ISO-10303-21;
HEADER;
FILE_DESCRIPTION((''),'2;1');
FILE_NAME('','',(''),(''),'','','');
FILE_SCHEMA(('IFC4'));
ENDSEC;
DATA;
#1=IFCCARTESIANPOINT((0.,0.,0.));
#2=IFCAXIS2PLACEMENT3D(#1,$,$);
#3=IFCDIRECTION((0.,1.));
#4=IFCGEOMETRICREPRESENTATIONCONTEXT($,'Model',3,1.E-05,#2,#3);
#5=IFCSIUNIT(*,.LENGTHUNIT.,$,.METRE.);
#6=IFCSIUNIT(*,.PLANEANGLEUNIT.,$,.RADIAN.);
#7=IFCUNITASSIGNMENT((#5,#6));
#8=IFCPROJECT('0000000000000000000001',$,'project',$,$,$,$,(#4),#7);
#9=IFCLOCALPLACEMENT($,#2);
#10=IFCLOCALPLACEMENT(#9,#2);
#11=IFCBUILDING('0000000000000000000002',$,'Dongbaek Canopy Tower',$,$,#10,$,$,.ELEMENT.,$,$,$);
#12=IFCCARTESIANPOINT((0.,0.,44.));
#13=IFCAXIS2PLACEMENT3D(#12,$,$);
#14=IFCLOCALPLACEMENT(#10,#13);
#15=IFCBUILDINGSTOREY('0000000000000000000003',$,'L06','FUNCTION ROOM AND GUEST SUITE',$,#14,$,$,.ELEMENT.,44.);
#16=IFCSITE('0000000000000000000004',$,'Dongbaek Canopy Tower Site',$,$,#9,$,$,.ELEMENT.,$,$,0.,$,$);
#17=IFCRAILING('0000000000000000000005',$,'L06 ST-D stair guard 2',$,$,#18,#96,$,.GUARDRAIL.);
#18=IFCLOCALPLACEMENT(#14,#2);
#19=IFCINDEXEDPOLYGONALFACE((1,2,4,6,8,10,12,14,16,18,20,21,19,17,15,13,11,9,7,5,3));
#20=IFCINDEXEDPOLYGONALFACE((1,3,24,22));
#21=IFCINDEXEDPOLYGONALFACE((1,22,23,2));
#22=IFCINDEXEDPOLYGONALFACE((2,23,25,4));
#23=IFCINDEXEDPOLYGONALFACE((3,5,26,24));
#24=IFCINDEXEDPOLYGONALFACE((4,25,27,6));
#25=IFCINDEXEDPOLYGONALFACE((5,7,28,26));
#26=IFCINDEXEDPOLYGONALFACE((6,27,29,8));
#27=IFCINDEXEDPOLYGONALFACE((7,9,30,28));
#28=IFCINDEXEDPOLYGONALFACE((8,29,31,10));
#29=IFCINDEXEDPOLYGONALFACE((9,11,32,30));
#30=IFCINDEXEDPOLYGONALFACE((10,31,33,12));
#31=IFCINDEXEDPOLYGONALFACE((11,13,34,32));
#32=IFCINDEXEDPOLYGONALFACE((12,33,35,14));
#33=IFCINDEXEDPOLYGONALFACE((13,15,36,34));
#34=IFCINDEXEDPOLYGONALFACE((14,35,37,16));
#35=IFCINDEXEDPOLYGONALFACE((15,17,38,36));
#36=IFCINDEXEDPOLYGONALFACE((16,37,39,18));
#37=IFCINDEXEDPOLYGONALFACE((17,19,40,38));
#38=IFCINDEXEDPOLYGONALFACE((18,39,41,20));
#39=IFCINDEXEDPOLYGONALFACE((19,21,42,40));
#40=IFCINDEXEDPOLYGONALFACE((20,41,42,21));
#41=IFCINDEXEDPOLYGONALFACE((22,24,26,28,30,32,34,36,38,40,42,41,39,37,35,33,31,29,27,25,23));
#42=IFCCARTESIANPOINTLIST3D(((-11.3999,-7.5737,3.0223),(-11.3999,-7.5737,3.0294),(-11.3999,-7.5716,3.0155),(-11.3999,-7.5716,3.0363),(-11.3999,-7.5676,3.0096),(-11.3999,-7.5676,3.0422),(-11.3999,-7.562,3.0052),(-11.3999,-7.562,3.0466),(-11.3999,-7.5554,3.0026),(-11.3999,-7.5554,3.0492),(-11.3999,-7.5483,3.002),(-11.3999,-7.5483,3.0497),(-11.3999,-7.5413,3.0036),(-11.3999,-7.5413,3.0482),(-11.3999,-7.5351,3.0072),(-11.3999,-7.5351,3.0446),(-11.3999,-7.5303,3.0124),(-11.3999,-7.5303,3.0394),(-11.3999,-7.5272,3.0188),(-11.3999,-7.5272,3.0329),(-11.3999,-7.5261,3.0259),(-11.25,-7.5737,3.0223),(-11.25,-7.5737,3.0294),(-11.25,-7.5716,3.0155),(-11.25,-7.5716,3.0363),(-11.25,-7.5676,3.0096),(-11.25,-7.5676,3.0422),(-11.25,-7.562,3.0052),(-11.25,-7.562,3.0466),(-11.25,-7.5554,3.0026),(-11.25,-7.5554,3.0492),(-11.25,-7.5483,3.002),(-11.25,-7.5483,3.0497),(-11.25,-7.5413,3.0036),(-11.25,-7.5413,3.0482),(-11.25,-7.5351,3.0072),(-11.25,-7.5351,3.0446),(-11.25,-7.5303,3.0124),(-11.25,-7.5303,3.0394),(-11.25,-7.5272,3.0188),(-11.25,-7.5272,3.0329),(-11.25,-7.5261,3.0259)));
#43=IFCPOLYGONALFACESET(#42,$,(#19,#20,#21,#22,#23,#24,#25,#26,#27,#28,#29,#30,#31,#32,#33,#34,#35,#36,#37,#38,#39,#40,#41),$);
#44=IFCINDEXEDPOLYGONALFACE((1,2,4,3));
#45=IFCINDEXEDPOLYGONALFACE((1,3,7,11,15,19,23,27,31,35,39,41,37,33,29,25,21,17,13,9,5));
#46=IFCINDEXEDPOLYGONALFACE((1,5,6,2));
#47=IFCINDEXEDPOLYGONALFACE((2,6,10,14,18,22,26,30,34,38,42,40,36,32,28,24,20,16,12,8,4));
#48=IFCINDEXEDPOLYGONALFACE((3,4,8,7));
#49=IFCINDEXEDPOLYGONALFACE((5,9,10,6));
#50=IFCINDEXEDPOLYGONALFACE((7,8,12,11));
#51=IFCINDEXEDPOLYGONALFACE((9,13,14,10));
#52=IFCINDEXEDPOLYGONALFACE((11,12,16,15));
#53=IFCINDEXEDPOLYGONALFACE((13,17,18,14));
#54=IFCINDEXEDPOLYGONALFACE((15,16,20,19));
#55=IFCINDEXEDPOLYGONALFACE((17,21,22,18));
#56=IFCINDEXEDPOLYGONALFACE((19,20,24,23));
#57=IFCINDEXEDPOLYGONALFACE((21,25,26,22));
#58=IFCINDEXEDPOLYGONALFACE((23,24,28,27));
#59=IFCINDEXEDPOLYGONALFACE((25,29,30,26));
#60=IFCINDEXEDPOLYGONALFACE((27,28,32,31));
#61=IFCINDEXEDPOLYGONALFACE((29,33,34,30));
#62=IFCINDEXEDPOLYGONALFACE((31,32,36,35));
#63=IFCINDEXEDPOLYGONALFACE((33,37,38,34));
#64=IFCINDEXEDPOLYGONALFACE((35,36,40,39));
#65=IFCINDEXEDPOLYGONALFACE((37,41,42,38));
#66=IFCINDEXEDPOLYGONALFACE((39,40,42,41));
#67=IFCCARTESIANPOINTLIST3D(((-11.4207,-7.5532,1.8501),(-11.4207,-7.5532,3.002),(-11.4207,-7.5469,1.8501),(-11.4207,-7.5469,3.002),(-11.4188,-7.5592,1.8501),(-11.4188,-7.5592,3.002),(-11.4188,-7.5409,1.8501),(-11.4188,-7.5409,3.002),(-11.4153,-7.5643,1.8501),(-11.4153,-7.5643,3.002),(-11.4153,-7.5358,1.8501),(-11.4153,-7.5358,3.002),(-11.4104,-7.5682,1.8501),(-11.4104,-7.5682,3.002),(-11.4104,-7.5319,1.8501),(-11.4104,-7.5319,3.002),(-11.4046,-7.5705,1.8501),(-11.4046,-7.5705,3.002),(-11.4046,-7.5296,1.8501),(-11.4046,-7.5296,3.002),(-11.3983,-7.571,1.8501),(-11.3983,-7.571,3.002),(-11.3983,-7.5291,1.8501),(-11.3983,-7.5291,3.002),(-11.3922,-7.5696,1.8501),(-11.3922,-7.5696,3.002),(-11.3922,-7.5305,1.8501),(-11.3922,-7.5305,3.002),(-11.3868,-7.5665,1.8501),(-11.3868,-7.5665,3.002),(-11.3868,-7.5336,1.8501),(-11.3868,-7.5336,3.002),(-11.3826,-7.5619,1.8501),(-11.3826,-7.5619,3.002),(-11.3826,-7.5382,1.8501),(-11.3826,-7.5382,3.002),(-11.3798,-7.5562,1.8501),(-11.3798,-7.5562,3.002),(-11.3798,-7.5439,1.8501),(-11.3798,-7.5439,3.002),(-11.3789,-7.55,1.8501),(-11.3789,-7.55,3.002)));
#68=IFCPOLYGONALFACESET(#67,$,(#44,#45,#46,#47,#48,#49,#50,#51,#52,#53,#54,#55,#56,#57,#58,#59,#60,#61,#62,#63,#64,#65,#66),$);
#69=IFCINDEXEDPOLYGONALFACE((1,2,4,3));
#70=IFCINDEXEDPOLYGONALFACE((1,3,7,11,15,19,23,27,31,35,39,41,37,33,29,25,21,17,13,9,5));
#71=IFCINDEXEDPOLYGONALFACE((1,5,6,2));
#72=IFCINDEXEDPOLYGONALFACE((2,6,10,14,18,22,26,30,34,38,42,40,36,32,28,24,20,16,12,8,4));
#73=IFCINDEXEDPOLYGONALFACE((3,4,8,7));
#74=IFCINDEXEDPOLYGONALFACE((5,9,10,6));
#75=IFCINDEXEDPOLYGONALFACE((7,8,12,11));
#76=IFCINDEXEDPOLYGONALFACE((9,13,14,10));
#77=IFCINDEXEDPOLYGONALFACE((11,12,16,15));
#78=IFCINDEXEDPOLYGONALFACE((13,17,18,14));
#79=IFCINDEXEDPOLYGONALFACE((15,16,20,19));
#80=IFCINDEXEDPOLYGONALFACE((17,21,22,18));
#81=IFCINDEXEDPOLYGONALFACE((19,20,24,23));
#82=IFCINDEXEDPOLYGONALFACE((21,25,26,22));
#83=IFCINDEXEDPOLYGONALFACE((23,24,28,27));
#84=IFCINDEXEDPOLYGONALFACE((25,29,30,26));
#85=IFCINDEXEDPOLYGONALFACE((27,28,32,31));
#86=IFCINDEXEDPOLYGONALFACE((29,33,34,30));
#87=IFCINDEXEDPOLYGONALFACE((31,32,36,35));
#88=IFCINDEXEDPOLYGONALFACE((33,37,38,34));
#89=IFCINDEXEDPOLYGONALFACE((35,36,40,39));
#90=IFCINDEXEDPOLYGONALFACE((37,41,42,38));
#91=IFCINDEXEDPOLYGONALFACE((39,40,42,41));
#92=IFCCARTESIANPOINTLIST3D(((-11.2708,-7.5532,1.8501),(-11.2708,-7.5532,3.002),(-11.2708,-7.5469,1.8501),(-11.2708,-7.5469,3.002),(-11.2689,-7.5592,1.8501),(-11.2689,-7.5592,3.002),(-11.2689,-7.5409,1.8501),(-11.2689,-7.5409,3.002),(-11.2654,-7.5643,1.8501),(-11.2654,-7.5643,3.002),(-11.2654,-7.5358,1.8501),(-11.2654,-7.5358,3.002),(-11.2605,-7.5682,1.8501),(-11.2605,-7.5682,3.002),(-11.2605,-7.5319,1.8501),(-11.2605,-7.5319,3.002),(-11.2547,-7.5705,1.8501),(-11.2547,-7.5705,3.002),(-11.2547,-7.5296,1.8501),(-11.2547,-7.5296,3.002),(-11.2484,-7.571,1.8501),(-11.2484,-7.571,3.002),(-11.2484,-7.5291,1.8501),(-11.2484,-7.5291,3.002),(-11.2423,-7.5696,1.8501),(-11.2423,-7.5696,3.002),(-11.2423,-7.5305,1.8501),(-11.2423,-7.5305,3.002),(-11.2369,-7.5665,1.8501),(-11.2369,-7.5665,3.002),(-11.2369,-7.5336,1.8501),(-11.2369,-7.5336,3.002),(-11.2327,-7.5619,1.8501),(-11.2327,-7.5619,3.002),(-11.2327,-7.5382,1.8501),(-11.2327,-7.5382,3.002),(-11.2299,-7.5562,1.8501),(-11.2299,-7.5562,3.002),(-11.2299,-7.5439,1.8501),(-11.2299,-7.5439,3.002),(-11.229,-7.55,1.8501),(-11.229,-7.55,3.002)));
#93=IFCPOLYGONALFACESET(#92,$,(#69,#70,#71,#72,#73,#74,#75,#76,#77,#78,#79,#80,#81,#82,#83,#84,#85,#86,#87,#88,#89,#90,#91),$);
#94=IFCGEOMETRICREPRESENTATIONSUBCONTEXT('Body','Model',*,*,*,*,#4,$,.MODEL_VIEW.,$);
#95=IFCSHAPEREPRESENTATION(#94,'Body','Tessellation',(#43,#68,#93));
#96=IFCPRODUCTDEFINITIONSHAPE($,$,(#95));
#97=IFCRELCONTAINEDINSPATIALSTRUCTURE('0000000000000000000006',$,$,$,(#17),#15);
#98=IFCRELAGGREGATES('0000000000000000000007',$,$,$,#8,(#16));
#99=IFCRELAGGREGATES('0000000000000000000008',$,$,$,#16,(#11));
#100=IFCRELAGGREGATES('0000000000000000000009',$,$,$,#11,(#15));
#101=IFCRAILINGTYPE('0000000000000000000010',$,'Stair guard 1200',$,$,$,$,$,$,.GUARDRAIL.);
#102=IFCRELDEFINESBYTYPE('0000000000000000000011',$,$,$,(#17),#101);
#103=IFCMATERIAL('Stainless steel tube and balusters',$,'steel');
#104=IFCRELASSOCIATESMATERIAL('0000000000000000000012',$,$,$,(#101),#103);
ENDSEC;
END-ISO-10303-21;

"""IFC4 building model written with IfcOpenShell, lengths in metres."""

from ifc_helpers import new_model, si_unit, direction, frame, origin, origin_2d, place, context, subcontext, project, spatial, circle, extrude, material, type_object, element, save


model = new_model("IFC4")

# Units and contexts
model_context = context("Model", 3, precision=1e-05, world=origin(), true_north=direction((0.0, 1.0)))
body_context = subcontext(model_context, "Body", "Model", "MODEL_VIEW")
ifc_project = project(units=[si_unit("LENGTHUNIT", "METRE"), si_unit("PLANEANGLEUNIT", "RADIAN")], contexts=[model_context])

# Site, building, storey
site_placement = place(None, origin())
site = spatial("IfcSite", under=ifc_project, at=site_placement, Name="Dongbaek Canopy Tower Site", CompositionType="ELEMENT", RefElevation=0.0)
building_placement = place(site_placement, origin())
building = spatial("IfcBuilding", under=site, at=building_placement, Name="Dongbaek Canopy Tower", CompositionType="ELEMENT")
storey_placement = place(building_placement, frame((0.0, 0.0, 44.0)))
storey = spatial("IfcBuildingStorey", under=building, at=storey_placement, Name="L06", Description="FUNCTION ROOM AND GUEST SUITE", CompositionType="ELEMENT", Elevation=44.0)

# Railing
ifc_material_1 = material(Name="Stainless steel tube and balusters", Category="steel")
railing_type_1 = type_object("IfcRailingType", Name="Stair guard 1200", PredefinedType="GUARDRAIL", material=ifc_material_1)
railing_1_placement = place(storey_placement, frame((-11.3999, -7.55, 1.8501)))
element("IfcRailing", 1, at=railing_1_placement, inside=storey, type_object=railing_type_1, Name="L06 ST-D stair guard 2", PredefinedType="GUARDRAIL", context=body_context, shape_type="SweptSolid", body=[
    extrude(circle(Radius=0.0239, at=origin_2d()), frame((0.0, 0.0, 1.1758), z_axis=(1.0, 0.0, 0.0), x_axis=(0.0, 1.0, 0.0)), (0.0, 0.0, 1.0), 0.1499),
    extrude(circle(Radius=0.021, at=origin_2d()), origin(), (0.0, 0.0, 1.0), 1.1519),
    extrude(circle(Radius=0.021, at=origin_2d()), frame((0.1499, 0.0, 0.0)), (0.0, 0.0, 1.0), 1.1519),
])

save(model, "model.ifc")
